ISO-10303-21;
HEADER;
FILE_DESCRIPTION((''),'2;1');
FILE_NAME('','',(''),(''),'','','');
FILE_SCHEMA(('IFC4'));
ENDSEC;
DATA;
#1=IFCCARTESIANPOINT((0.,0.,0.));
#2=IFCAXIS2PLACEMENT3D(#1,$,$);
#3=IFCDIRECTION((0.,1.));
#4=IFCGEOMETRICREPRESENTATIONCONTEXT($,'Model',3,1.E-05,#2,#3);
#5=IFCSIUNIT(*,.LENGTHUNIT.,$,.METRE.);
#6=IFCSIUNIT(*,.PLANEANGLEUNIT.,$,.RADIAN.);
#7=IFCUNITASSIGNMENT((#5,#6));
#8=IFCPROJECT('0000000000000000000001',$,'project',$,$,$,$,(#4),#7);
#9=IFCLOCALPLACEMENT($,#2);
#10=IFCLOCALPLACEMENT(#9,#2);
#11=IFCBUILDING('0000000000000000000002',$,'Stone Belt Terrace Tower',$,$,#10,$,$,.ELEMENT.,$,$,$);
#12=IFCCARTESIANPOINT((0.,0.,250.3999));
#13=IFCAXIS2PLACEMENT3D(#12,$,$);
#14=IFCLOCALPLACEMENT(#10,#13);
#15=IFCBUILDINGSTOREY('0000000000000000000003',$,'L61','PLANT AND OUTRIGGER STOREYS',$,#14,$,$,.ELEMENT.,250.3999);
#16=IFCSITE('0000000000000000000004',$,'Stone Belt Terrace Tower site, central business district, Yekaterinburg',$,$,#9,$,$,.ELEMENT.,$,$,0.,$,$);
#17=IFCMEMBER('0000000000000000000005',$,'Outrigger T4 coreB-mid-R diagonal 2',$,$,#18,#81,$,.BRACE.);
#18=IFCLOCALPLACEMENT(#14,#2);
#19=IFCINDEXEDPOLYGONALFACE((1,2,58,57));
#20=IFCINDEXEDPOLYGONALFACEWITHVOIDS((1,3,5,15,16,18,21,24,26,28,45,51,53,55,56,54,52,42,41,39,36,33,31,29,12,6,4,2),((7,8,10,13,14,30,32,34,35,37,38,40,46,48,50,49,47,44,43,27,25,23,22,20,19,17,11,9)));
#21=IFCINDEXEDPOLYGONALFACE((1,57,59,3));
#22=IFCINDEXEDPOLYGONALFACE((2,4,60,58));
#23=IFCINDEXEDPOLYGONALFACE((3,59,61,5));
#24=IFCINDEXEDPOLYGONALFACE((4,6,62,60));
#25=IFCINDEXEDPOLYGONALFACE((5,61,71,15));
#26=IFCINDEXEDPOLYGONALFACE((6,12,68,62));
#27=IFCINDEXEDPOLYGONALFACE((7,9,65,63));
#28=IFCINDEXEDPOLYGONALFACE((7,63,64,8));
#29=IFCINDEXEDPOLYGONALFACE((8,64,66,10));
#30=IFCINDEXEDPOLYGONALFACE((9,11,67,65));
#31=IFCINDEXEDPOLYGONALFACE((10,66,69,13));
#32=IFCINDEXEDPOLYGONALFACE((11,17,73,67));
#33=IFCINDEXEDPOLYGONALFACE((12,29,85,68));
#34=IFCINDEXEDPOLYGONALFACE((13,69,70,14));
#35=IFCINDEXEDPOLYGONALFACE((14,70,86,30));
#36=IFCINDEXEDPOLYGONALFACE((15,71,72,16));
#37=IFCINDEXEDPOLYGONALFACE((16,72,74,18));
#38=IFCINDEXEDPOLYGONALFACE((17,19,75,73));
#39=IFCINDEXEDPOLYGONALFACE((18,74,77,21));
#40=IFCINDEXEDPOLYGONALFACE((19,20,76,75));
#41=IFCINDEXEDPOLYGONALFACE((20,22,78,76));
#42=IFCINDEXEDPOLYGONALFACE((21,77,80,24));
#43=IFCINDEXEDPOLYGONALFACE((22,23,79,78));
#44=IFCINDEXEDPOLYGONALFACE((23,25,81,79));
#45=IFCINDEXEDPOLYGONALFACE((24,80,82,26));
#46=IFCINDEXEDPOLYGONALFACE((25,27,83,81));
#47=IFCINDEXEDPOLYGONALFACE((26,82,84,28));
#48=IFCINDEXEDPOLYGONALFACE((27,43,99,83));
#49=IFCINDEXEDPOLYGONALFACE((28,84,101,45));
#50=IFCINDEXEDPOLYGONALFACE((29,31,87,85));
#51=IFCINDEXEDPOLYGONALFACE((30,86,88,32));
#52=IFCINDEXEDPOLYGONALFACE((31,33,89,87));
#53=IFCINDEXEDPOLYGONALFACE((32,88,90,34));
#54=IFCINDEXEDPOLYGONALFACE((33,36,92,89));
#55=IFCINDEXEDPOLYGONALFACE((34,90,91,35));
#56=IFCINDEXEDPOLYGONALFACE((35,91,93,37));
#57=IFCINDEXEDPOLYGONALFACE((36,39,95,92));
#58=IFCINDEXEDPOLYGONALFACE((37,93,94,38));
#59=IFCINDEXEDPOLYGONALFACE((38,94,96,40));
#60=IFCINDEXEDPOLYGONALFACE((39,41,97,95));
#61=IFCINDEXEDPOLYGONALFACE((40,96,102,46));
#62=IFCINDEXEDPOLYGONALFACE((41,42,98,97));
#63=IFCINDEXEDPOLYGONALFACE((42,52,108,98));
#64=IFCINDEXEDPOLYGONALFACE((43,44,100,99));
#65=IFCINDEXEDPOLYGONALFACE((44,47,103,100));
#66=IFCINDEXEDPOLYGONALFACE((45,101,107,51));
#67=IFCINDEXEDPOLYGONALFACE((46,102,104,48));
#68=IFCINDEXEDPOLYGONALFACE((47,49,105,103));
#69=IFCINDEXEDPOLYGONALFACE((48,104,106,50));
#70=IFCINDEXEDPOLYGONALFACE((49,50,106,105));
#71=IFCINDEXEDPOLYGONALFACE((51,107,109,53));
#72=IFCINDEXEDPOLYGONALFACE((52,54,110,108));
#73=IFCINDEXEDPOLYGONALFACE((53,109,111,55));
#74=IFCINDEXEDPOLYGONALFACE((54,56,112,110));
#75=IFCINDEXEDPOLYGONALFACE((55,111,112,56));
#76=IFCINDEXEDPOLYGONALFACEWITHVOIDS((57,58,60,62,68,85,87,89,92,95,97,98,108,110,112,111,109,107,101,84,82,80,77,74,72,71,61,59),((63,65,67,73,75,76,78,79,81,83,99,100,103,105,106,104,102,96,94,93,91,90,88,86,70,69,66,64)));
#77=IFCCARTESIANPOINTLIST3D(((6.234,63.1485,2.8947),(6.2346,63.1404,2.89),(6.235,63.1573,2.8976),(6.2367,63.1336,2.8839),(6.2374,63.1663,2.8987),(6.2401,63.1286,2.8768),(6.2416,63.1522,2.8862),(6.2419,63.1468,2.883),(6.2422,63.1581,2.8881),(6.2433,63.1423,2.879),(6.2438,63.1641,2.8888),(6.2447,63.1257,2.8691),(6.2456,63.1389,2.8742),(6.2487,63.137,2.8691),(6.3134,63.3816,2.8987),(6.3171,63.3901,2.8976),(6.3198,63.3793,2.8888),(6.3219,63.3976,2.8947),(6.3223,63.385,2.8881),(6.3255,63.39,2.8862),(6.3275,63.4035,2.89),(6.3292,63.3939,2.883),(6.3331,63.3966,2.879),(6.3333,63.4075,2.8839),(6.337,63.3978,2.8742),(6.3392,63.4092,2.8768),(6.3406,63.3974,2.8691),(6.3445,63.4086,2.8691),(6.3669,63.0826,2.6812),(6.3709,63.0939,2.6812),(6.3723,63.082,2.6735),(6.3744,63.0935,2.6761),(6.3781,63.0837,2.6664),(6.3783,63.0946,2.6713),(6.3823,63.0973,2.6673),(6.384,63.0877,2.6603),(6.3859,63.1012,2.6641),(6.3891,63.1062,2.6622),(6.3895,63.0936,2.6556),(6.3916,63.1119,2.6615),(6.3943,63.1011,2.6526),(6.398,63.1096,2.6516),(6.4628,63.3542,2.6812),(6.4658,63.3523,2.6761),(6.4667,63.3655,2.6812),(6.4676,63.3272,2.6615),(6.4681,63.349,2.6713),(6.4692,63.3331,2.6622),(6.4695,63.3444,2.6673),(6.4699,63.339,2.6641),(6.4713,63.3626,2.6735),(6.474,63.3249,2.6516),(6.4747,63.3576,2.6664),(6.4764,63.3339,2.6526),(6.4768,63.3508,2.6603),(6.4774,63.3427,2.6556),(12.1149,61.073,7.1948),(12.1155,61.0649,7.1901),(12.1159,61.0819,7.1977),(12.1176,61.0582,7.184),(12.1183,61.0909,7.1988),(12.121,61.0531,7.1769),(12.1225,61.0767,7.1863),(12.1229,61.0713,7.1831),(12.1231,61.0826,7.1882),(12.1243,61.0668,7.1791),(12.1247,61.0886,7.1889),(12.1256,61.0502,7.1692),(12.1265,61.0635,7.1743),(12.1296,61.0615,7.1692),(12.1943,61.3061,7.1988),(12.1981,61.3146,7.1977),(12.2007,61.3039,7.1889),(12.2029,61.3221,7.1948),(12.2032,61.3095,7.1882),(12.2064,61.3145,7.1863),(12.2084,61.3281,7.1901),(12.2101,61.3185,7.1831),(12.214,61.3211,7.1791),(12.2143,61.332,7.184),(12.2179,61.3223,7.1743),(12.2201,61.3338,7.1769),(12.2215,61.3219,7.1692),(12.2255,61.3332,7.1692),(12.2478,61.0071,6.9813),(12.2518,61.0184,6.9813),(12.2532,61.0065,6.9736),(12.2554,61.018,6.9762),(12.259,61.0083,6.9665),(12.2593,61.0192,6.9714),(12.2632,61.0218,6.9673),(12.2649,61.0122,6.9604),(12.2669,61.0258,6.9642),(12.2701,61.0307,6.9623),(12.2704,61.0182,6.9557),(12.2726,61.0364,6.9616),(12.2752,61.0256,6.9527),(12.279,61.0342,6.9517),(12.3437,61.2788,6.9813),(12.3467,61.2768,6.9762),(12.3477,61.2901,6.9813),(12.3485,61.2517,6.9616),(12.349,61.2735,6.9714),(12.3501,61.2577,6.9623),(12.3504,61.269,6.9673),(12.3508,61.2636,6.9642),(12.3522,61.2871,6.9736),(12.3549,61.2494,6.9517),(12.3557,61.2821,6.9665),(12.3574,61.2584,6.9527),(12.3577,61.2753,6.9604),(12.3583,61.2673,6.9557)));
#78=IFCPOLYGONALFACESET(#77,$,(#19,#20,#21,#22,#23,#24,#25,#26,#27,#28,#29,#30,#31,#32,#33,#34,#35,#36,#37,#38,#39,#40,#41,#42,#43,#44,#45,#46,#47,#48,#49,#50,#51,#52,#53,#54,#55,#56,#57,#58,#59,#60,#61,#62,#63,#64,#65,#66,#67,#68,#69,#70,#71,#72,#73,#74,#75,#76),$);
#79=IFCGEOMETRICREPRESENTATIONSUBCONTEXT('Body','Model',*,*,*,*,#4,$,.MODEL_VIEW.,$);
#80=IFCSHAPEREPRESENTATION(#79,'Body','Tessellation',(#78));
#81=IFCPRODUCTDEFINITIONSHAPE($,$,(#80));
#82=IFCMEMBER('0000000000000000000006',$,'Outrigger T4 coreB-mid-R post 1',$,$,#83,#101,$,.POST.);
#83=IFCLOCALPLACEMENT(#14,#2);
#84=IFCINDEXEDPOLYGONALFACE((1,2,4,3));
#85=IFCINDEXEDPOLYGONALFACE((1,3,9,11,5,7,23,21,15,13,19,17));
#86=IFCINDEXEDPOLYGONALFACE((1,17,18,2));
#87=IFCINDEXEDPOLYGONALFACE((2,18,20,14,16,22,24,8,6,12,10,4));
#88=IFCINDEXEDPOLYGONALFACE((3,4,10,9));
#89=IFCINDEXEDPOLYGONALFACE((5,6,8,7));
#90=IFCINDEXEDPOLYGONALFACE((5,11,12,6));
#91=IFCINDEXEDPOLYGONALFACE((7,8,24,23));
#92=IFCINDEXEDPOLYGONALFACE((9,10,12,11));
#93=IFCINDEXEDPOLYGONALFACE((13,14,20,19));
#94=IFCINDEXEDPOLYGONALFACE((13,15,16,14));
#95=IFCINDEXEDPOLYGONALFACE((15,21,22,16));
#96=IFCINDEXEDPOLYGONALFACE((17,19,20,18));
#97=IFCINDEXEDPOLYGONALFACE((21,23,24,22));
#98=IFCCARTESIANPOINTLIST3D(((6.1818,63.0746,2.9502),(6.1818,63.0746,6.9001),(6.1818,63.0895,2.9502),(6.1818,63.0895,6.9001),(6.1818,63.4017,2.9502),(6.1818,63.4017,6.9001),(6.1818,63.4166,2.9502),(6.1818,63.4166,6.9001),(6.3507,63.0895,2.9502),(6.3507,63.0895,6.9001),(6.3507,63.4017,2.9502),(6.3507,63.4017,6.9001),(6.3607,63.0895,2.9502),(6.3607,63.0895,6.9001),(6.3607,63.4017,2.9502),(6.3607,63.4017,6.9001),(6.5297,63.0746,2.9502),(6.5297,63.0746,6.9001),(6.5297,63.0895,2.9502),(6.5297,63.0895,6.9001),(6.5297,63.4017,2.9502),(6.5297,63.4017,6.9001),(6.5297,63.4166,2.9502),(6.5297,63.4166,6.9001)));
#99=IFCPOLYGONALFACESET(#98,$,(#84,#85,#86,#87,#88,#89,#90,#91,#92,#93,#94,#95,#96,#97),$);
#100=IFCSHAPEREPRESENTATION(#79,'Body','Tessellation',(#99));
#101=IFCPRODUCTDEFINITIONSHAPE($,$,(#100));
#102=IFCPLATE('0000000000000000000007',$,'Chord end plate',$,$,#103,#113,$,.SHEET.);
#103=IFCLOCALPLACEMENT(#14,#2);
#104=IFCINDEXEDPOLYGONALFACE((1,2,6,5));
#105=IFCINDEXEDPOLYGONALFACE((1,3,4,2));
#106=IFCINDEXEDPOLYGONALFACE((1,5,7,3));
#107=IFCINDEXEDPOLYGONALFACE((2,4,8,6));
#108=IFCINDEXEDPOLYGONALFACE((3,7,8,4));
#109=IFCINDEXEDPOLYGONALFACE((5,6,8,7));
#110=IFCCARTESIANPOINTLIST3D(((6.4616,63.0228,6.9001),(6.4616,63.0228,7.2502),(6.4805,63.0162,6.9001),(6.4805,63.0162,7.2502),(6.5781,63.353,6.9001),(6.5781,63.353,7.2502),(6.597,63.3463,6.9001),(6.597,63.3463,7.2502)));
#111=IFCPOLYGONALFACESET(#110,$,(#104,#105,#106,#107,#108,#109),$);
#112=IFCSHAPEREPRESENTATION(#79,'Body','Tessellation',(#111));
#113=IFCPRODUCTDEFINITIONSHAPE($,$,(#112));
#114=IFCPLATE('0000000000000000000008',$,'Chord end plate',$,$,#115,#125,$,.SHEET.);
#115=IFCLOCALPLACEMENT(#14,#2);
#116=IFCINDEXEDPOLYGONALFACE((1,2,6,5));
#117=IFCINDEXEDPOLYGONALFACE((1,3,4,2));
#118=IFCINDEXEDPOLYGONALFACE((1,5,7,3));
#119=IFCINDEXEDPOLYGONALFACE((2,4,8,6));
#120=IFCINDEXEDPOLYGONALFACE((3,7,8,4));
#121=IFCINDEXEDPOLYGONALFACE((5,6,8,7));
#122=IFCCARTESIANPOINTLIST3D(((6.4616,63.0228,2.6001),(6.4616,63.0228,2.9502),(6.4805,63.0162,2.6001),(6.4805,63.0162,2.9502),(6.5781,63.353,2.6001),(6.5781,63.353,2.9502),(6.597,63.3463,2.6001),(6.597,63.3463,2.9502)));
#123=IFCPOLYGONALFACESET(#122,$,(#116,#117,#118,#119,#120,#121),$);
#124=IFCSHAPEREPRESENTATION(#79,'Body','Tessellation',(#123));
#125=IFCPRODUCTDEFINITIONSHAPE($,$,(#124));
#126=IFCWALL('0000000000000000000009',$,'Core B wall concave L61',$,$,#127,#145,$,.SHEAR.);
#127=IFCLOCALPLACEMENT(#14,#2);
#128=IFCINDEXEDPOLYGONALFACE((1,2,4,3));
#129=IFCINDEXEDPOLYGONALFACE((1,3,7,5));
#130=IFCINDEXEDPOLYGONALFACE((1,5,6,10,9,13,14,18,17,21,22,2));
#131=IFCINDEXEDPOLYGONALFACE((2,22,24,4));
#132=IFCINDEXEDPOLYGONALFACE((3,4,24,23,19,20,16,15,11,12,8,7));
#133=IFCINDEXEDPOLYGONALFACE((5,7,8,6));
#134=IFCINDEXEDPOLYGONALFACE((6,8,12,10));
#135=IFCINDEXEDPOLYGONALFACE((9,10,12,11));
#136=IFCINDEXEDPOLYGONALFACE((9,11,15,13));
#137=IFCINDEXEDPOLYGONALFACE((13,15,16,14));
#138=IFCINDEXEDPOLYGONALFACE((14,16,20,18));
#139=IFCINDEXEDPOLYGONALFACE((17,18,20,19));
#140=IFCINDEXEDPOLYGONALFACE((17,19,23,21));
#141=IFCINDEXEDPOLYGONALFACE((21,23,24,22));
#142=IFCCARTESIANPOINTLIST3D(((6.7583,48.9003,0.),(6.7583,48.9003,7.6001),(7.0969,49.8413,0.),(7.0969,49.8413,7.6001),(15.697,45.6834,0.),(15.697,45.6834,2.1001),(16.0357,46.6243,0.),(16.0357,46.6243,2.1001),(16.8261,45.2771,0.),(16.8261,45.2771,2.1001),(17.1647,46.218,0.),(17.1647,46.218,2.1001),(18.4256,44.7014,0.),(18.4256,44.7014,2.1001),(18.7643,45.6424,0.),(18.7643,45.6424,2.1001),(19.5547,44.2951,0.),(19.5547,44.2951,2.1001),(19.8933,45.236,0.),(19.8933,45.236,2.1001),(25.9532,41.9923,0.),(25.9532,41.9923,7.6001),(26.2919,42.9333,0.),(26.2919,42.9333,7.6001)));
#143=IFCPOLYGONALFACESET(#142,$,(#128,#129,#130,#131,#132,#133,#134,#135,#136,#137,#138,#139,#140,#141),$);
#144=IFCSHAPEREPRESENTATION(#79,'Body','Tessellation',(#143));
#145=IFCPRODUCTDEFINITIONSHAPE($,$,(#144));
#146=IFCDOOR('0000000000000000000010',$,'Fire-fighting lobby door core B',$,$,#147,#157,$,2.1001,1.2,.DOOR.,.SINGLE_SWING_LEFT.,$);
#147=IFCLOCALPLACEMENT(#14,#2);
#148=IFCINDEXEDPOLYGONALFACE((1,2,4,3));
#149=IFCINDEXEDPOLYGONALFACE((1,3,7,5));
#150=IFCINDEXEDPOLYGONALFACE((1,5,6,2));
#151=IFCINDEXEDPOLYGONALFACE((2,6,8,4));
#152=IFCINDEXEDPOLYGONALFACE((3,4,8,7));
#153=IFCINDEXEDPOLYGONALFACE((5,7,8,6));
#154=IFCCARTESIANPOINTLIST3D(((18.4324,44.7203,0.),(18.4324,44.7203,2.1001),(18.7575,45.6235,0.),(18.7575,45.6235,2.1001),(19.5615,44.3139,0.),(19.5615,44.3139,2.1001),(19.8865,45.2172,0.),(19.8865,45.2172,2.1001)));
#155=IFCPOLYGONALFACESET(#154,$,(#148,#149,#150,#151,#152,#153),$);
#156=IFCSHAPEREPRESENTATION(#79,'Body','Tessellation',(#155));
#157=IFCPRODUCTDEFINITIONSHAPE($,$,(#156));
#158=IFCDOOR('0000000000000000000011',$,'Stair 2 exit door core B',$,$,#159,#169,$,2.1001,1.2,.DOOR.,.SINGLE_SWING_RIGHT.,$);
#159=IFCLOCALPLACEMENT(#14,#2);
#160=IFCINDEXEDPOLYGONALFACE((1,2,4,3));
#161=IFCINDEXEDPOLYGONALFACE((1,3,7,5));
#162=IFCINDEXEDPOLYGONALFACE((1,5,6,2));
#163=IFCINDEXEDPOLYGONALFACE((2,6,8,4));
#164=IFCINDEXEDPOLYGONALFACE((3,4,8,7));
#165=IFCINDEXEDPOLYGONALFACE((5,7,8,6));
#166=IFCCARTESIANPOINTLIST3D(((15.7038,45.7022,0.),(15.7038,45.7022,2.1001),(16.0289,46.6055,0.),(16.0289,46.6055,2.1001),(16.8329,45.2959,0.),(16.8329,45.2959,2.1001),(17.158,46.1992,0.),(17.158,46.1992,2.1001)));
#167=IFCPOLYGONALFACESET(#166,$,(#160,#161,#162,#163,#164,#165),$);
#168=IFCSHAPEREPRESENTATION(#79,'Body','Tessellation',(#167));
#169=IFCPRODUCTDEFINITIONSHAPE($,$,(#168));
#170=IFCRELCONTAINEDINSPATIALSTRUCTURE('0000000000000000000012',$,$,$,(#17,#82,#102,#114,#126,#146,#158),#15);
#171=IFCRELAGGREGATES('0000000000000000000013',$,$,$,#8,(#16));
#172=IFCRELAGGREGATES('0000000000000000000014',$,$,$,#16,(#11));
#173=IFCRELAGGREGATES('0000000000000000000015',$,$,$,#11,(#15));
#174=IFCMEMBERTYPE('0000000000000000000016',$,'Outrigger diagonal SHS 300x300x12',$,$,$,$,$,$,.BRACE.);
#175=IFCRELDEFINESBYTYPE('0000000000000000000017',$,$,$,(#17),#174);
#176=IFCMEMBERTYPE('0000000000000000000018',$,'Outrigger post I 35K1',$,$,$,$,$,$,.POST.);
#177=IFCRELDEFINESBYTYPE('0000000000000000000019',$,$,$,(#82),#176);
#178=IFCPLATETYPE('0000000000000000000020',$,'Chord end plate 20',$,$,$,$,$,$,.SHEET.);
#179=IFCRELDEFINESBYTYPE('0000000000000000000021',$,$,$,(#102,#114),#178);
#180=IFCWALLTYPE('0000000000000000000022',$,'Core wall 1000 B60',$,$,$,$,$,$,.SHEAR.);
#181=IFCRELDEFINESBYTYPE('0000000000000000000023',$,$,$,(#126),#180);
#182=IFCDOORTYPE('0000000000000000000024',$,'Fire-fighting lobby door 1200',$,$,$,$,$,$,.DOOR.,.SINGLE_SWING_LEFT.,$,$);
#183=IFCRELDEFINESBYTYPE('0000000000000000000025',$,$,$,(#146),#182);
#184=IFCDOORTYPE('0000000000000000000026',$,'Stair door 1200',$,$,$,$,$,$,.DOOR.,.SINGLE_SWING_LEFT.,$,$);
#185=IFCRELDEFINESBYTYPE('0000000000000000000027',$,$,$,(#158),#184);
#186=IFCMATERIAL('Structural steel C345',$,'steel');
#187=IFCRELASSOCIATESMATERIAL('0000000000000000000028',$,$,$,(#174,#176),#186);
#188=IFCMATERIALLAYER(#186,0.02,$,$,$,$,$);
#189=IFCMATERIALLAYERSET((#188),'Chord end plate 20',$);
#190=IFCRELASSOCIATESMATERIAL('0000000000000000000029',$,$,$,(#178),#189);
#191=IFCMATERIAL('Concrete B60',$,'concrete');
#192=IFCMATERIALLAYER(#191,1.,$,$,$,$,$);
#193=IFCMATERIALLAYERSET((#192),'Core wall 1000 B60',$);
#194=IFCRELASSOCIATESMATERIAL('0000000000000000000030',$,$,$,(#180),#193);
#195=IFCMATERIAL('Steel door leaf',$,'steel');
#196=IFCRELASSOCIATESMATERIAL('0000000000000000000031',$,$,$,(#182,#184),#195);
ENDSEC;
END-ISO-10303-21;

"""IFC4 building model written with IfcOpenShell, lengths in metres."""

from ifc_helpers import new_model, si_unit, direction, frame, frame_2d, origin, origin_2d, place, context, subcontext, project, spatial, rectangle, hollow_rectangle, i_section, extrude, material, layer, layer_set, material_profile, profile_set, type_object, element, fill, save


model = new_model("IFC4")

# Units and contexts
model_context = context("Model", 3, precision=1e-05, world=origin(), true_north=direction((0.0, 1.0)))
body_context = subcontext(model_context, "Body", "Model", "MODEL_VIEW")
ifc_project = project(units=[si_unit("LENGTHUNIT", "METRE"), si_unit("PLANEANGLEUNIT", "RADIAN")], contexts=[model_context])

# Site, building, storey
site_placement = place(None, origin())
site = spatial("IfcSite", under=ifc_project, at=site_placement, Name="Stone Belt Terrace Tower site, central business district, Yekaterinburg", CompositionType="ELEMENT", RefElevation=0.0)
building_placement = place(site_placement, origin())
building = spatial("IfcBuilding", under=site, at=building_placement, Name="Stone Belt Terrace Tower", CompositionType="ELEMENT")
storey_placement = place(building_placement, frame((0.0, 0.0, 250.3999)))
storey = spatial("IfcBuildingStorey", under=building, at=storey_placement, Name="L61", Description="PLANT AND OUTRIGGER STOREYS", CompositionType="ELEMENT", Elevation=250.3999)

# Shared definitions
ifc_material_1 = material(Name="Concrete B60", Category="concrete")

# Members
ifc_material_2 = material(Name="Structural steel C345", Category="steel")
ifc_material_profile_1 = material_profile(ifc_material_2, hollow_rectangle(XDim=0.3, YDim=0.3, WallThickness=0.012, InnerFilletRadius=0.0239, OuterFilletRadius=0.0359, at=origin_2d()), Name="SHS 300x300x12")
ifc_profile_set_1 = profile_set([ifc_material_profile_1], Name="Structural steel C345")
member_type_1 = type_object("IfcMemberType", Name="Outrigger diagonal SHS 300x300x12", PredefinedType="BRACE", material=ifc_profile_set_1)
member_1_placement = place(storey_placement, frame((6.3557, 63.2456, 2.7751), z_axis=(0.776339, -0.273981, 0.567655), x_axis=(0.332798, 0.942998, 0.0)))
element("IfcMember", 1, at=member_1_placement, inside=storey, type_object=member_type_1, Name="Outrigger T4 coreB-mid-R diagonal 2", PredefinedType="BRACE", context=body_context, shape_type="SweptSolid", body=[
    extrude(hollow_rectangle(XDim=0.3, YDim=0.3, WallThickness=0.012, InnerFilletRadius=0.0239, OuterFilletRadius=0.0359, at=origin_2d()), origin(), (0.0, 0.0, 1.0), 7.5752),
])
ifc_material_profile_2 = material_profile(ifc_material_2, i_section(OverallWidth=0.3479, OverallDepth=0.342, WebThickness=0.01, FlangeThickness=0.0149, at=origin_2d()), Name="I 35K1")
ifc_profile_set_2 = profile_set([ifc_material_profile_2], Name="Structural steel C345")
member_type_2 = type_object("IfcMemberType", Name="Outrigger post I 35K1", PredefinedType="POST", material=ifc_profile_set_2)
member_2_placement = place(storey_placement, frame((6.3557, 63.2456, 2.9502), z_axis=(0.0, 0.0, 1.0), x_axis=(1.0, 0.0, 0.0)))
element("IfcMember", 2, at=member_2_placement, inside=storey, type_object=member_type_2, Name="Outrigger T4 coreB-mid-R post 1", PredefinedType="POST", context=body_context, shape_type="SweptSolid", body=[
    extrude(i_section(OverallWidth=0.3479, OverallDepth=0.342, WebThickness=0.01, FlangeThickness=0.0149, at=origin_2d()), origin(), (0.0, 0.0, 1.0), 3.95),
])

# Plates
ifc_layer_1 = layer(ifc_material_2, 0.02)
ifc_layer_set_1 = layer_set([ifc_layer_1], Name="Chord end plate 20")
plate_type = type_object("IfcPlateType", Name="Chord end plate 20", PredefinedType="SHEET", material=ifc_layer_set_1)
for number, where, z_axis, x_axis, name in (
    (3, (6.5293, 63.1846, 6.9001), (0.0, 0.0, 1.0), (-0.942994, 0.33281, 0.0), "Chord end plate"),
    (4, (6.5293, 63.1846, 2.6001), (0.0, 0.0, 1.0), (-0.942994, 0.33281, 0.0), "Chord end plate"),
):
    element("IfcPlate", number, at=place(storey_placement, frame(where, z_axis=z_axis, x_axis=x_axis)), inside=storey, type_object=plate_type, Name=name, PredefinedType="SHEET", context=body_context, shape_type="SweptSolid", body=[
        extrude(rectangle(XDim=0.02, YDim=0.3501, at=origin_2d()), origin(), (0.0, 0.0, 1.0), 0.3501),
    ])

# Wall, openings, doors
ifc_layer_2 = layer(ifc_material_1, 1.0)
ifc_layer_set_2 = layer_set([ifc_layer_2], Name="Core wall 1000 B60")
wall_type_1 = type_object("IfcWallType", Name="Core wall 1000 B60", PredefinedType="SHEAR", material=ifc_layer_set_2)
wall_1_placement = place(storey_placement, frame((6.9275, 49.3708, 0.0), z_axis=(0.0, 0.0, 1.0), x_axis=(0.940921, -0.338625, 0.0)))
wall_1 = element("IfcWall", 5, at=wall_1_placement, inside=storey, type_object=wall_type_1, Name="Core B wall concave L61", PredefinedType="SHEAR", context=body_context, shape_type="SweptSolid", body=[
    extrude(rectangle(XDim=20.4001, YDim=1.0, at=frame_2d((10.2002, 0.0))), origin(), (0.0, 0.0, 1.0), 7.6001),
])
opening_1_placement = place(wall_1_placement, frame((12.3999, 0.0, 0.0)))
opening_1 = element("IfcOpeningElement", 6, at=opening_1_placement, cuts=wall_1, PredefinedType="OPENING", context=body_context, shape_type="SweptSolid", body=[
    extrude(rectangle(XDim=1.2, YDim=2.1001, at=frame_2d((0.6001, 1.05))), frame((0.0, 0.51, 0.0), z_axis=(0.0, -1.0, 0.0), x_axis=(1.0, 0.0, 0.0)), (0.0, 0.0, 1.0), 1.02),
])
opening_2_placement = place(wall_1_placement, frame((9.5, 0.0, 0.0)))
opening_2 = element("IfcOpeningElement", 7, at=opening_2_placement, cuts=wall_1, PredefinedType="OPENING", context=body_context, shape_type="SweptSolid", body=[
    extrude(rectangle(XDim=1.2, YDim=2.1001, at=frame_2d((0.6001, 1.05))), frame((0.0, 0.51, 0.0), z_axis=(0.0, -1.0, 0.0), x_axis=(1.0, 0.0, 0.0)), (0.0, 0.0, 1.0), 1.02),
])
ifc_material_3 = material(Name="Steel door leaf", Category="steel")
door_type_1 = type_object("IfcDoorType", Name="Fire-fighting lobby door 1200", OperationType="SINGLE_SWING_LEFT", PredefinedType="DOOR", material=ifc_material_3)
door_1_placement = place(opening_1_placement, origin())
door_1 = element("IfcDoor", 8, at=door_1_placement, inside=storey, type_object=door_type_1, Name="Fire-fighting lobby door core B", OperationType="SINGLE_SWING_LEFT", OverallHeight=2.1001, OverallWidth=1.2, PredefinedType="DOOR", context=body_context, shape_type="SweptSolid", body=[
    extrude(rectangle(XDim=1.2, YDim=2.1001, at=frame_2d((0.6001, 1.05))), frame((0.0, 0.48, 0.0), z_axis=(0.0, -1.0, 0.0), x_axis=(1.0, 0.0, 0.0)), (0.0, 0.0, 1.0), 0.96),
])
fill(opening_1, door_1)
door_type_2 = type_object("IfcDoorType", Name="Stair door 1200", OperationType="SINGLE_SWING_LEFT", PredefinedType="DOOR", material=ifc_material_3)
door_2_placement = place(opening_2_placement, origin())
door_2 = element("IfcDoor", 9, at=door_2_placement, inside=storey, type_object=door_type_2, Name="Stair 2 exit door core B", OperationType="SINGLE_SWING_RIGHT", OverallHeight=2.1001, OverallWidth=1.2, PredefinedType="DOOR", context=body_context, shape_type="SweptSolid", body=[
    extrude(rectangle(XDim=1.2, YDim=2.1001, at=frame_2d((0.6001, 1.05))), frame((0.0, 0.48, 0.0), z_axis=(0.0, -1.0, 0.0), x_axis=(1.0, 0.0, 0.0)), (0.0, 0.0, 1.0), 0.96),
])
fill(opening_2, door_2)

save(model, "model.ifc")
